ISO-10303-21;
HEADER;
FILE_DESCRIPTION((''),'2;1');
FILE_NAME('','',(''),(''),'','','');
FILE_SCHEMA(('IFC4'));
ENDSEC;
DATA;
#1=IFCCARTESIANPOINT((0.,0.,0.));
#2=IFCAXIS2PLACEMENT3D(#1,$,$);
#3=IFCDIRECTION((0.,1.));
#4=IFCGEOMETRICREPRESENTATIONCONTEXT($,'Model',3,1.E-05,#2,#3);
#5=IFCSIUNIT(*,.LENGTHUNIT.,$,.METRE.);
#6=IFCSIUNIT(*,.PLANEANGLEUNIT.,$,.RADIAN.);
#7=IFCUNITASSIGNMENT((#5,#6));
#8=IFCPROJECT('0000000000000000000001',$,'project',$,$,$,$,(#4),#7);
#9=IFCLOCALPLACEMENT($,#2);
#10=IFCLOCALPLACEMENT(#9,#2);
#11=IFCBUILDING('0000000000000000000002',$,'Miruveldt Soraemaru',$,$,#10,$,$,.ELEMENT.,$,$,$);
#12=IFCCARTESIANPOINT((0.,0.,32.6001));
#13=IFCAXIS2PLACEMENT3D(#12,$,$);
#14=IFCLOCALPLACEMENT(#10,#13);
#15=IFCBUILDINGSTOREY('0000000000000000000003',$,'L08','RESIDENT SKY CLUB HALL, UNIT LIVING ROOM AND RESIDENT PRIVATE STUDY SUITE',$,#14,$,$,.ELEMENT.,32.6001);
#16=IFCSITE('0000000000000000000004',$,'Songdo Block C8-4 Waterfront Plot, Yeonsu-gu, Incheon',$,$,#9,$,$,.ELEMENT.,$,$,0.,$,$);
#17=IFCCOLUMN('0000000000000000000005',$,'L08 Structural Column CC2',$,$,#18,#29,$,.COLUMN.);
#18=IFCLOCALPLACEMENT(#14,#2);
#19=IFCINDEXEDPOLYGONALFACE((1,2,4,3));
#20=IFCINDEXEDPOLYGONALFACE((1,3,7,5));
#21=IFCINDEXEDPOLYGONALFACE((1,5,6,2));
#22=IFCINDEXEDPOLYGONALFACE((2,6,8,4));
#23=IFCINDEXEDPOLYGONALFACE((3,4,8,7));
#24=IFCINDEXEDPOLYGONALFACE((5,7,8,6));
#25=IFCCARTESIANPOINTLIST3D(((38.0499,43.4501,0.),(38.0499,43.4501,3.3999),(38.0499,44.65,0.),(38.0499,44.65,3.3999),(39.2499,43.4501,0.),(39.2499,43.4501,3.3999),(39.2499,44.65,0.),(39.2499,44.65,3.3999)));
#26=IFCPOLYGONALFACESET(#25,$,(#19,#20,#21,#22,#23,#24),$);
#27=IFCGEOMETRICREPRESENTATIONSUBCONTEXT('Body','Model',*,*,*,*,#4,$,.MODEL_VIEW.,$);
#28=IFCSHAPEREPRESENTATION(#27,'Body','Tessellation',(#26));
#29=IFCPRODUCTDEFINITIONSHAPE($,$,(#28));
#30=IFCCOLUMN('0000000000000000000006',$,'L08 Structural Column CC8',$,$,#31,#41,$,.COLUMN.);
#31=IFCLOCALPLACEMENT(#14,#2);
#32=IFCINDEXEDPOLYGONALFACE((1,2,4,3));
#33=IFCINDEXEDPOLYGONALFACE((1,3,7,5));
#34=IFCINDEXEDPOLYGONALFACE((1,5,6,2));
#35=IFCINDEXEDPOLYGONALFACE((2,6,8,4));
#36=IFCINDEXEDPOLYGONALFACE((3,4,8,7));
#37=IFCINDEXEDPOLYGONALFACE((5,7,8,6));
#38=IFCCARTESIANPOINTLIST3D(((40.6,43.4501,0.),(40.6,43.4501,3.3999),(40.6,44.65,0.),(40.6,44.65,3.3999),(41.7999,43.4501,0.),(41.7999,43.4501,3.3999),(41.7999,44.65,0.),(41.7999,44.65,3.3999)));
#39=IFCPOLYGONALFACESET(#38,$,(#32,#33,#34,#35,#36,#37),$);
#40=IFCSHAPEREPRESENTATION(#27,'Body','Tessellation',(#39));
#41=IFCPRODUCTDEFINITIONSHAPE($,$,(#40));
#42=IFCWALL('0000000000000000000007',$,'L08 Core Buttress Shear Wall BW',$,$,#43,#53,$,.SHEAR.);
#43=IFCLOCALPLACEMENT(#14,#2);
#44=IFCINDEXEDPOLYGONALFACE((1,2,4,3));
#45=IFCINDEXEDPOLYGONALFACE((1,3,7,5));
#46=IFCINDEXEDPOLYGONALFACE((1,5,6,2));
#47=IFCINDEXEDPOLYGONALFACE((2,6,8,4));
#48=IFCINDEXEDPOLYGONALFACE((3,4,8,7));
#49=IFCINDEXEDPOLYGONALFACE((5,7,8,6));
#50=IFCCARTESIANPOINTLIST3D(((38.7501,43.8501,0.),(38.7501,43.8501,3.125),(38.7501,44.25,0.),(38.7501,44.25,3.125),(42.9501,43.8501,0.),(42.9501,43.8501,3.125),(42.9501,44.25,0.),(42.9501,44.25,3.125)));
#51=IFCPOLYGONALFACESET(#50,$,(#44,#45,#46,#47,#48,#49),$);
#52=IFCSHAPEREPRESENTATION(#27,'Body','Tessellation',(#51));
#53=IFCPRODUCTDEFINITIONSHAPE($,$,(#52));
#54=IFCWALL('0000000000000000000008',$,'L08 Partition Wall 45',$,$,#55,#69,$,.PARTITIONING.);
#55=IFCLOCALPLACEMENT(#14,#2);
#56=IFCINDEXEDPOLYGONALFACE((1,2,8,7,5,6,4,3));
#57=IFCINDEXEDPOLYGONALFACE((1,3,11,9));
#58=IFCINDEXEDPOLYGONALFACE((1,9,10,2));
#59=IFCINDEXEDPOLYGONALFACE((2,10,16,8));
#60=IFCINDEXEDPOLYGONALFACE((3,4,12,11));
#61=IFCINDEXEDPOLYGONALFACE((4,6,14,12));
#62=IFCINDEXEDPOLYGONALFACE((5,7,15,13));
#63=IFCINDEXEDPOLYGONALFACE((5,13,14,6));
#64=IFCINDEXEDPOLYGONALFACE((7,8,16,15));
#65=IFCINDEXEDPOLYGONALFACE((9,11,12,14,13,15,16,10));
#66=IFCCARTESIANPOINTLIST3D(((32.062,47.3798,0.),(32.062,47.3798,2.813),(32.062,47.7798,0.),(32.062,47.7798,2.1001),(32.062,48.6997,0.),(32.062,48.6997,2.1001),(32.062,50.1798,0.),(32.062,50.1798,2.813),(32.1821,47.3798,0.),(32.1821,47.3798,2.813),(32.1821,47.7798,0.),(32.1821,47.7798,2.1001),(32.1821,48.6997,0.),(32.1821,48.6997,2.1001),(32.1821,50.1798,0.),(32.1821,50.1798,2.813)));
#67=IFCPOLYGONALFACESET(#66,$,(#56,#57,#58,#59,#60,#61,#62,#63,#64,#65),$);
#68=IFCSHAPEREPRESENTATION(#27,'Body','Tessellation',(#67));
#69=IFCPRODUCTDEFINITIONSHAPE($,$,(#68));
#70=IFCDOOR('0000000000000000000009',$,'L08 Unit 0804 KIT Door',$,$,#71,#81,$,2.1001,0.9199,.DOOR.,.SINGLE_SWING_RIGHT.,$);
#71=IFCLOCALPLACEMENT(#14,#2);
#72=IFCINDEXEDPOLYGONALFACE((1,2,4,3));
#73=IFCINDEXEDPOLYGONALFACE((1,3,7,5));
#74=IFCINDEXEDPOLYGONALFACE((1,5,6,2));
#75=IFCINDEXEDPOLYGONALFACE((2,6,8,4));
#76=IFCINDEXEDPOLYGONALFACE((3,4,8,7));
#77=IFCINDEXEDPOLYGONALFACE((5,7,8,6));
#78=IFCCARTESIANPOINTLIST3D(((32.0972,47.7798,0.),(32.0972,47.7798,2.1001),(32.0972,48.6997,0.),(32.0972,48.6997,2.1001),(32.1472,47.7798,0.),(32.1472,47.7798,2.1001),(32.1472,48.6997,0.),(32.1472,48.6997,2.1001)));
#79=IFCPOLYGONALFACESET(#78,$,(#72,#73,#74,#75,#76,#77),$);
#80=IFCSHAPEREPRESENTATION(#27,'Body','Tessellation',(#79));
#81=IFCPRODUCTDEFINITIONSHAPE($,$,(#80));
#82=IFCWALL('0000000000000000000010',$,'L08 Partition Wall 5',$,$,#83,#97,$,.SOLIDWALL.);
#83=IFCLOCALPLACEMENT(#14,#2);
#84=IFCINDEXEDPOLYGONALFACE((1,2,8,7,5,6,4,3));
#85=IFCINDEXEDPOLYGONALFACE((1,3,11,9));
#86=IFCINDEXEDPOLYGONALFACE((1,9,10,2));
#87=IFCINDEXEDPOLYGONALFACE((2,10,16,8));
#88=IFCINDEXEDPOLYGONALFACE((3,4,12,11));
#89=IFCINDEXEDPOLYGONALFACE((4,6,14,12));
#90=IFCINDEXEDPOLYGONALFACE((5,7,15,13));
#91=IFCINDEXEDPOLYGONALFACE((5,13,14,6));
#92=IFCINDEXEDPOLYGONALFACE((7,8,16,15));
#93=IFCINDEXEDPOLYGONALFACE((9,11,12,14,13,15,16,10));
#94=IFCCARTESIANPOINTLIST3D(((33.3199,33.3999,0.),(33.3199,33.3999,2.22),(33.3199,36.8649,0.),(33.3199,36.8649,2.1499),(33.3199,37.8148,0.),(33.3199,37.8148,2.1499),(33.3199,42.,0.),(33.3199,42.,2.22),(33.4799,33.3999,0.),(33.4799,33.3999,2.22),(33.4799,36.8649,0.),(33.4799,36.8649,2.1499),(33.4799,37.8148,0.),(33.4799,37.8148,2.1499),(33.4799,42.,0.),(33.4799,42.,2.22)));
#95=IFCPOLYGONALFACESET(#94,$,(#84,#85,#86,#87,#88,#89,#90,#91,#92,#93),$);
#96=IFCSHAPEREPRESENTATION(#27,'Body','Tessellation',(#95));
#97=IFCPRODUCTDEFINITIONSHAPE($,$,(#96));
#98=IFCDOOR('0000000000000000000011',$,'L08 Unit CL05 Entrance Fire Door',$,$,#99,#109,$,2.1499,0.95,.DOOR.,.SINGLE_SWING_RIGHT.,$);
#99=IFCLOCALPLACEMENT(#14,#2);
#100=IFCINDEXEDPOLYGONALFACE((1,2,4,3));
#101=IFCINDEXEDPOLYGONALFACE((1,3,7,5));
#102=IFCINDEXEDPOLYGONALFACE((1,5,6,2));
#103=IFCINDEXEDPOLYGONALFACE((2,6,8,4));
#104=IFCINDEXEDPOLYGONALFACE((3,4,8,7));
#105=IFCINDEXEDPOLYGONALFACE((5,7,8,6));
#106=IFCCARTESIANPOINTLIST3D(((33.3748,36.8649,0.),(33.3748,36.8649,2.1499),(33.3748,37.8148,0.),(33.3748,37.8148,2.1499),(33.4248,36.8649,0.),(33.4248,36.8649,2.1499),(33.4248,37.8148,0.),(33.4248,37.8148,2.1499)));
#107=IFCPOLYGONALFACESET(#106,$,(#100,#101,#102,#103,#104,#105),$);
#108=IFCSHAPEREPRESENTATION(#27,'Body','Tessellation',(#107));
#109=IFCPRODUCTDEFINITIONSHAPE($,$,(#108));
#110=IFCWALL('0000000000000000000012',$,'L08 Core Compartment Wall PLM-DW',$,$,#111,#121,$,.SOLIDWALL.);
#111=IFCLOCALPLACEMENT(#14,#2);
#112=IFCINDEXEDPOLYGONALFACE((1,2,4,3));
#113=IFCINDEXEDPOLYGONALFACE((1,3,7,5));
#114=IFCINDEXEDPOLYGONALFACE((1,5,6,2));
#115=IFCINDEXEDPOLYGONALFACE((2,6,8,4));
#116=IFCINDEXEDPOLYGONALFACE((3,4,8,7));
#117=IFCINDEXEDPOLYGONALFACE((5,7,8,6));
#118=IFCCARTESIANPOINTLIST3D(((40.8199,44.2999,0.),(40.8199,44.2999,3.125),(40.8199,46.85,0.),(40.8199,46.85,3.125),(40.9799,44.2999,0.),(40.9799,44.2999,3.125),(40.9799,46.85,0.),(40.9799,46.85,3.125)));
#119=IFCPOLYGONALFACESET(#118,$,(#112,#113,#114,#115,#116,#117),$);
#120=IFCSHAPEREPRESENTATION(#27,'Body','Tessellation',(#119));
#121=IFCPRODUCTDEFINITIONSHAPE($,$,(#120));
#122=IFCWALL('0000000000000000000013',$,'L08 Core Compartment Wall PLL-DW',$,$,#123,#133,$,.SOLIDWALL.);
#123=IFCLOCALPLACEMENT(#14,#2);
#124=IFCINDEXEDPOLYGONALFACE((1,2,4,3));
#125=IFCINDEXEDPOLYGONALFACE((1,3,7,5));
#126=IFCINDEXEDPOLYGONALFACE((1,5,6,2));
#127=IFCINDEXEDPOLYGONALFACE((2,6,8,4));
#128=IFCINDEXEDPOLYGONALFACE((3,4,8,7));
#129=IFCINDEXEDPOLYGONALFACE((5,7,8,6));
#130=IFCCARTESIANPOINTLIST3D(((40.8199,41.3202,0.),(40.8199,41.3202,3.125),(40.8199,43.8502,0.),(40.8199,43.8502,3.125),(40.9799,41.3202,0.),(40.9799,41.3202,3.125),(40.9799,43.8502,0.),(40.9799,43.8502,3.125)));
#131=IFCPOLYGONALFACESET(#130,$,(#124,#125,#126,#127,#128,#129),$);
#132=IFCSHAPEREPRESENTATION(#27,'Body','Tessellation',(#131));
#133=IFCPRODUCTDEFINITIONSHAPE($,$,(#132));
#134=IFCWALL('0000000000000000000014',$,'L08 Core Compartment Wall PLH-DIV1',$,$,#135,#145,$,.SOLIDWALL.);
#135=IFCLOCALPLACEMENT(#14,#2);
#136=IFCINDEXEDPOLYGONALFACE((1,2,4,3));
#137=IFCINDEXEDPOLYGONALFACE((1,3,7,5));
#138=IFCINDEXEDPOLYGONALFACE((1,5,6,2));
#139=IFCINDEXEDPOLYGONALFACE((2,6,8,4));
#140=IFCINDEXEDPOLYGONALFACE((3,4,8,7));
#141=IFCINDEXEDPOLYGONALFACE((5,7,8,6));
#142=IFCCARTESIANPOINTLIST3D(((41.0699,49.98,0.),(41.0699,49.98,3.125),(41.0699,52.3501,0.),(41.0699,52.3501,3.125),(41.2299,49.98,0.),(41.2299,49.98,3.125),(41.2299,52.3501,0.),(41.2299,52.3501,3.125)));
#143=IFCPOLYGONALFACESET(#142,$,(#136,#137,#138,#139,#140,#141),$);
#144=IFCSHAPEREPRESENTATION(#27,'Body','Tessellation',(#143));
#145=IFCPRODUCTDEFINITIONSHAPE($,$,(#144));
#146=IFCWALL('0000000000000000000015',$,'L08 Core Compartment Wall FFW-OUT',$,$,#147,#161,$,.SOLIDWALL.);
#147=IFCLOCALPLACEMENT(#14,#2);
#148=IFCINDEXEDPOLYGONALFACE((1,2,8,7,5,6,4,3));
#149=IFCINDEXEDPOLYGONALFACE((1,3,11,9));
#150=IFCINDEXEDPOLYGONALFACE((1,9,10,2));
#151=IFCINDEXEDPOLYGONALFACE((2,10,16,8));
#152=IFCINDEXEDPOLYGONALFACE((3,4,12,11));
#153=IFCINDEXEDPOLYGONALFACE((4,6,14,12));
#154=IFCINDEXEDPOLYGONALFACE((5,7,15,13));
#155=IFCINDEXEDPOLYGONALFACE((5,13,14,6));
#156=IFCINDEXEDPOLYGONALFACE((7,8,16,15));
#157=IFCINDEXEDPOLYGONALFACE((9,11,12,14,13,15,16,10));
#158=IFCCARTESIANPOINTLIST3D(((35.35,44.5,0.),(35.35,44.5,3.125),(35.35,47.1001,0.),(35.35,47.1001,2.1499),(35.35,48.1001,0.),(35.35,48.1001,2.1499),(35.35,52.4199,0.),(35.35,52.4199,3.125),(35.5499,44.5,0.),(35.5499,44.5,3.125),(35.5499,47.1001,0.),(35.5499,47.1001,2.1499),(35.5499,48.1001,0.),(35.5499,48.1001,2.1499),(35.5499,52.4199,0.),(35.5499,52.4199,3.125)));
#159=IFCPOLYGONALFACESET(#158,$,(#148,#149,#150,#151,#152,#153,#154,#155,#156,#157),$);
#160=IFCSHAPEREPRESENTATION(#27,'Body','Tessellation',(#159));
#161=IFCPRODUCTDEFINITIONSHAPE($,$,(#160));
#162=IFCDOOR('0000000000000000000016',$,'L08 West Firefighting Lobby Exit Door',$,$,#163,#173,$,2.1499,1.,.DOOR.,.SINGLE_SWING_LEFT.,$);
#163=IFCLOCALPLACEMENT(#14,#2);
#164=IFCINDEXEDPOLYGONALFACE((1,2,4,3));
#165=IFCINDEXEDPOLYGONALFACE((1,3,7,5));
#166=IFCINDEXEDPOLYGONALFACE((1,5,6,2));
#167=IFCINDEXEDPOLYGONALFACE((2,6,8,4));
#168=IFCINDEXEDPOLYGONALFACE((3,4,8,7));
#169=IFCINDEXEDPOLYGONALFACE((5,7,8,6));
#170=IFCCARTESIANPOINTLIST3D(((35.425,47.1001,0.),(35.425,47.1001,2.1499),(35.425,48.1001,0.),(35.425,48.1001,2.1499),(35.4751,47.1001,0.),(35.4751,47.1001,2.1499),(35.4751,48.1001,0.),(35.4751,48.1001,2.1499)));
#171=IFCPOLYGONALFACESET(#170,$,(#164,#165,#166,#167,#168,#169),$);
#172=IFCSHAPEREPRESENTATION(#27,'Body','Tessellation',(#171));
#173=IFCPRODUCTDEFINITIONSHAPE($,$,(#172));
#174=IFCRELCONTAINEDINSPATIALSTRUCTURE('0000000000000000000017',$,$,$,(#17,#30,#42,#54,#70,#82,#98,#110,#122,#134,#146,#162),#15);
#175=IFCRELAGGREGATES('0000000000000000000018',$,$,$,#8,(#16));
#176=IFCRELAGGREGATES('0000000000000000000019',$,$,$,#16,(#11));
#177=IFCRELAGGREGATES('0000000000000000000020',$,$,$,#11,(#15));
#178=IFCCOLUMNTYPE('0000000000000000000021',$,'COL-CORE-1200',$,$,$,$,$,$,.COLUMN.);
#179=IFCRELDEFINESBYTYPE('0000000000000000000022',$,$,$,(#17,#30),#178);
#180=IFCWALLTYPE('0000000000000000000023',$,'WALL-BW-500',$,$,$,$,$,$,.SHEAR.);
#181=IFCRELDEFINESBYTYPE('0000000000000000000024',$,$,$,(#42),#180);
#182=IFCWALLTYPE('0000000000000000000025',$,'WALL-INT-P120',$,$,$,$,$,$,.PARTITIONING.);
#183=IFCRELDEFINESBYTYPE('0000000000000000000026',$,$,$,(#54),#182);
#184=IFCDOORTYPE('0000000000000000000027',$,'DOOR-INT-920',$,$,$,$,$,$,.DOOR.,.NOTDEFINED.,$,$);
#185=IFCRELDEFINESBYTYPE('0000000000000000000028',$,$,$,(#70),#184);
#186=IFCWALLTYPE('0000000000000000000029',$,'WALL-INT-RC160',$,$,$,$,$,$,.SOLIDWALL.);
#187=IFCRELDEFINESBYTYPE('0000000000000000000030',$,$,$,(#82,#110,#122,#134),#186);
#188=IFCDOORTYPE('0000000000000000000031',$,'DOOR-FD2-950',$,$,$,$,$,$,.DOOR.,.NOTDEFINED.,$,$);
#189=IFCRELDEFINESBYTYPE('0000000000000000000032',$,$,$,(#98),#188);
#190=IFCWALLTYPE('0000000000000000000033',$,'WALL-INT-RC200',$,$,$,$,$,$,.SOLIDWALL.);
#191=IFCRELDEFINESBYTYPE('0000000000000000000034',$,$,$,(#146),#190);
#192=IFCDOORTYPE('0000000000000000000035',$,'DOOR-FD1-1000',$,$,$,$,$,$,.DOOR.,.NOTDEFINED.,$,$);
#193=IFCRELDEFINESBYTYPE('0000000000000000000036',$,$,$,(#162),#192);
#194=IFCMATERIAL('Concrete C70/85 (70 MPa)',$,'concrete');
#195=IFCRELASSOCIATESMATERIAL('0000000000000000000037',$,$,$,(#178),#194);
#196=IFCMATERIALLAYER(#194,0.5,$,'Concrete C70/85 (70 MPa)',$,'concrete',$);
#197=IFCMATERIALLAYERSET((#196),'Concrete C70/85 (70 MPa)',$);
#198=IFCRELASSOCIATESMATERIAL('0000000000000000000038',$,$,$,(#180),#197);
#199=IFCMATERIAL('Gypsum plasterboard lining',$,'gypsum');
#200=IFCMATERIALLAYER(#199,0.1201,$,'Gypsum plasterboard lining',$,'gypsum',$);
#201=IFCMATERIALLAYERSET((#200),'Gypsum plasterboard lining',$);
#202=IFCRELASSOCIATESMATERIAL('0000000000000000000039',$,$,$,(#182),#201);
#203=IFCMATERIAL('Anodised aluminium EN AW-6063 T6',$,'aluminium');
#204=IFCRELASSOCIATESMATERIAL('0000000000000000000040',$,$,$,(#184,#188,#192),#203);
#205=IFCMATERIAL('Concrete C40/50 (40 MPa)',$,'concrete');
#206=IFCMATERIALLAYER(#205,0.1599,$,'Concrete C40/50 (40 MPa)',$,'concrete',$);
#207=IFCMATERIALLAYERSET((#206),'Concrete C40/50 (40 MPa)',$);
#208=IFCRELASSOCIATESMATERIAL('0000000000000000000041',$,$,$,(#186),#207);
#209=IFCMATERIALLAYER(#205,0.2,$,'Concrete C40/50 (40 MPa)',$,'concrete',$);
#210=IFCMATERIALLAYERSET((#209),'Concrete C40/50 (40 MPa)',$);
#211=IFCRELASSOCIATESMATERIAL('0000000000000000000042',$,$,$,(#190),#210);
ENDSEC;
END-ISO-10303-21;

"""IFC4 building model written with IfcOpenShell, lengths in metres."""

from ifc_helpers import new_model, si_unit, direction, frame, frame_2d, origin, origin_2d, place, context, subcontext, project, spatial, rectangle, extrude, material, layer, layer_set, material_profile, profile_set, type_object, element, fill, save


model = new_model("IFC4")

# Units and contexts
model_context = context("Model", 3, precision=1e-05, world=origin(), true_north=direction((0.0, 1.0)))
body_context = subcontext(model_context, "Body", "Model", "MODEL_VIEW")
ifc_project = project(units=[si_unit("LENGTHUNIT", "METRE"), si_unit("PLANEANGLEUNIT", "RADIAN")], contexts=[model_context])

# Site, building, storey
site_placement = place(None, origin())
site = spatial("IfcSite", under=ifc_project, at=site_placement, Name="Songdo Block C8-4 Waterfront Plot, Yeonsu-gu, Incheon", CompositionType="ELEMENT", RefElevation=0.0)
building_placement = place(site_placement, origin())
building = spatial("IfcBuilding", under=site, at=building_placement, Name="Miruveldt Soraemaru", CompositionType="ELEMENT")
storey_placement = place(building_placement, frame((0.0, 0.0, 32.6001)))
storey = spatial("IfcBuildingStorey", under=building, at=storey_placement, Name="L08", Description="RESIDENT SKY CLUB HALL, UNIT LIVING ROOM AND RESIDENT PRIVATE STUDY SUITE", CompositionType="ELEMENT", Elevation=32.6001)

# Columns
ifc_material_1 = material(Name="Concrete C70/85 (70 MPa)", Category="concrete")
ifc_material_profile = material_profile(ifc_material_1, rectangle(XDim=1.2, YDim=1.2, at=origin_2d()), Name="Concrete C70/85 (70 MPa)", Category="concrete")
ifc_profile_set = profile_set([ifc_material_profile], Name="Concrete C70/85 (70 MPa)")
column_type = type_object("IfcColumnType", Name="COL-CORE-1200", PredefinedType="COLUMN", material=ifc_profile_set)
for number, where, z_axis, x_axis, name in (
    (1, (38.6499, 44.05, 0.0), (0.0, 0.0, 1.0), (1.0, 0.0, 0.0), "L08 Structural Column CC2"),
    (2, (41.2, 44.05, 0.0), (0.0, 0.0, 1.0), (1.0, 0.0, 0.0), "L08 Structural Column CC8"),
):
    element("IfcColumn", number, at=place(storey_placement, frame(where, z_axis=z_axis, x_axis=x_axis)), inside=storey, type_object=column_type, Name=name, PredefinedType="COLUMN", context=body_context, shape_type="SweptSolid", body=[
        extrude(rectangle(XDim=1.2, YDim=1.2, at=origin_2d()), origin(), (0.0, 0.0, 1.0), 3.3999),
    ])

# Wall
ifc_layer_1 = layer(ifc_material_1, 0.5, Name="Concrete C70/85 (70 MPa)", Category="concrete")
ifc_layer_set_1 = layer_set([ifc_layer_1], Name="Concrete C70/85 (70 MPa)")
wall_type_1 = type_object("IfcWallType", Name="WALL-BW-500", PredefinedType="SHEAR", material=ifc_layer_set_1)
wall_1_placement = place(storey_placement, frame((38.75, 44.05, 0.0), z_axis=(0.0, 0.0, 1.0), x_axis=(1.0, 0.0, 0.0)))
element("IfcWall", 3, at=wall_1_placement, inside=storey, type_object=wall_type_1, Name="L08 Core Buttress Shear Wall BW", PredefinedType="SHEAR", context=body_context, shape_type="SweptSolid", body=[
    extrude(rectangle(XDim=4.2, YDim=0.3999, at=frame_2d((2.1001, 0.0))), origin(), (0.0, 0.0, 1.0), 3.125),
])

# Walls, openings, doors
ifc_material_2 = material(Name="Gypsum plasterboard lining", Category="gypsum")
ifc_layer_2 = layer(ifc_material_2, 0.1201, Name="Gypsum plasterboard lining", Category="gypsum")
ifc_layer_set_2 = layer_set([ifc_layer_2], Name="Gypsum plasterboard lining")
wall_type_2 = type_object("IfcWallType", Name="WALL-INT-P120", PredefinedType="PARTITIONING", material=ifc_layer_set_2)
wall_2_placement = place(storey_placement, frame((32.1221, 47.3799, 0.0), z_axis=(0.0, 0.0, 1.0), x_axis=(0.0, 1.0, 0.0)))
wall_2 = element("IfcWall", 4, at=wall_2_placement, inside=storey, type_object=wall_type_2, Name="L08 Partition Wall 45", PredefinedType="PARTITIONING", context=body_context, shape_type="SweptSolid", body=[
    extrude(rectangle(XDim=2.8, YDim=0.1201, at=frame_2d((1.3999, 0.0))), origin(), (0.0, 0.0, 1.0), 2.813),
])
opening_1_placement = place(wall_2_placement, frame((0.3999, 0.0, 0.0)))
opening_1 = element("IfcOpeningElement", 5, at=opening_1_placement, cuts=wall_2, PredefinedType="OPENING", context=body_context, shape_type="SweptSolid", body=[
    extrude(rectangle(XDim=0.9199, YDim=2.1001, at=frame_2d((0.46, 1.05))), frame((0.0, 0.0701, 0.0), z_axis=(0.0, -1.0, 0.0), x_axis=(1.0, 0.0, 0.0)), (0.0, 0.0, 1.0), 0.1401),
])
ifc_material_3 = material(Name="Anodised aluminium EN AW-6063 T6", Category="aluminium")
door_type_1 = type_object("IfcDoorType", Name="DOOR-INT-920", OperationType="NOTDEFINED", PredefinedType="DOOR", material=ifc_material_3)
door_1_placement = place(opening_1_placement, origin())
door_1 = element("IfcDoor", 6, at=door_1_placement, inside=storey, type_object=door_type_1, Name="L08 Unit 0804 KIT Door", OperationType="SINGLE_SWING_RIGHT", OverallHeight=2.1001, OverallWidth=0.9199, PredefinedType="DOOR", context=body_context, shape_type="SweptSolid", body=[
    extrude(rectangle(XDim=0.9199, YDim=2.1001, at=frame_2d((0.46, 1.05))), frame((0.0, 0.0249, 0.0), z_axis=(0.0, -1.0, 0.0), x_axis=(1.0, 0.0, 0.0)), (0.0, 0.0, 1.0), 0.05),
])
fill(opening_1, door_1)
ifc_material_4 = material(Name="Concrete C40/50 (40 MPa)", Category="concrete")
ifc_layer_3 = layer(ifc_material_4, 0.1599, Name="Concrete C40/50 (40 MPa)", Category="concrete")
ifc_layer_set_3 = layer_set([ifc_layer_3], Name="Concrete C40/50 (40 MPa)")
wall_type_3 = type_object("IfcWallType", Name="WALL-INT-RC160", PredefinedType="SOLIDWALL", material=ifc_layer_set_3)
wall_3_placement = place(storey_placement, frame((33.3999, 42.0, 0.0), z_axis=(0.0, 0.0, 1.0), x_axis=(0.0, -1.0, 0.0)))
wall_3 = element("IfcWall", 7, at=wall_3_placement, inside=storey, type_object=wall_type_3, Name="L08 Partition Wall 5", PredefinedType="SOLIDWALL", context=body_context, shape_type="SweptSolid", body=[
    extrude(rectangle(XDim=8.6001, YDim=0.1599, at=frame_2d((4.3, 0.0))), origin(), (0.0, 0.0, 1.0), 2.22),
])
opening_2_placement = place(wall_3_placement, frame((4.1851, 0.0, 0.0)))
opening_2 = element("IfcOpeningElement", 8, at=opening_2_placement, cuts=wall_3, PredefinedType="OPENING", context=body_context, shape_type="SweptSolid", body=[
    extrude(rectangle(XDim=0.95, YDim=2.1499, at=frame_2d((0.4751, 1.075))), frame((0.0, 0.0898, 0.0), z_axis=(0.0, -1.0, 0.0), x_axis=(1.0, 0.0, 0.0)), (0.0, 0.0, 1.0), 0.1799),
])
door_type_2 = type_object("IfcDoorType", Name="DOOR-FD2-950", OperationType="NOTDEFINED", PredefinedType="DOOR", material=ifc_material_3)
door_2_placement = place(opening_2_placement, origin())
door_2 = element("IfcDoor", 9, at=door_2_placement, inside=storey, type_object=door_type_2, Name="L08 Unit CL05 Entrance Fire Door", OperationType="SINGLE_SWING_RIGHT", OverallHeight=2.1499, OverallWidth=0.95, PredefinedType="DOOR", context=body_context, shape_type="SweptSolid", body=[
    extrude(rectangle(XDim=0.95, YDim=2.1499, at=frame_2d((0.4751, 1.075))), frame((0.0, 0.0249, 0.0), z_axis=(0.0, -1.0, 0.0), x_axis=(1.0, 0.0, 0.0)), (0.0, 0.0, 1.0), 0.05),
])
fill(opening_2, door_2)

# Walls
wall_4_placement = place(storey_placement, frame((40.8999, 44.3, 0.0), z_axis=(0.0, 0.0, 1.0), x_axis=(0.0, 1.0, 0.0)))
element("IfcWall", 10, at=wall_4_placement, inside=storey, type_object=wall_type_3, Name="L08 Core Compartment Wall PLM-DW", PredefinedType="SOLIDWALL", context=body_context, shape_type="SweptSolid", body=[
    extrude(rectangle(XDim=2.55, YDim=0.1599, at=frame_2d((1.2749, 0.0))), origin(), (0.0, 0.0, 1.0), 3.125),
])
wall_5_placement = place(storey_placement, frame((40.8999, 41.3201, 0.0), z_axis=(0.0, 0.0, 1.0), x_axis=(0.0, 1.0, 0.0)))
element("IfcWall", 11, at=wall_5_placement, inside=storey, type_object=wall_type_3, Name="L08 Core Compartment Wall PLL-DW", PredefinedType="SOLIDWALL", context=body_context, shape_type="SweptSolid", body=[
    extrude(rectangle(XDim=2.53, YDim=0.1599, at=frame_2d((1.2651, 0.0))), origin(), (0.0, 0.0, 1.0), 3.125),
])
wall_6_placement = place(storey_placement, frame((41.1499, 49.98, 0.0), z_axis=(0.0, 0.0, 1.0), x_axis=(0.0, 1.0, 0.0)))
element("IfcWall", 12, at=wall_6_placement, inside=storey, type_object=wall_type_3, Name="L08 Core Compartment Wall PLH-DIV1", PredefinedType="SOLIDWALL", context=body_context, shape_type="SweptSolid", body=[
    extrude(rectangle(XDim=2.3701, YDim=0.1599, at=frame_2d((1.1851, 0.0))), origin(), (0.0, 0.0, 1.0), 3.125),
])

# Wall, opening, door
ifc_layer_4 = layer(ifc_material_4, 0.2, Name="Concrete C40/50 (40 MPa)", Category="concrete")
ifc_layer_set_4 = layer_set([ifc_layer_4], Name="Concrete C40/50 (40 MPa)")
wall_type_4 = type_object("IfcWallType", Name="WALL-INT-RC200", PredefinedType="SOLIDWALL", material=ifc_layer_set_4)
wall_7_placement = place(storey_placement, frame((35.45, 44.5, 0.0), z_axis=(0.0, 0.0, 1.0), x_axis=(0.0, 1.0, 0.0)))
wall_7 = element("IfcWall", 13, at=wall_7_placement, inside=storey, type_object=wall_type_4, Name="L08 Core Compartment Wall FFW-OUT", PredefinedType="SOLIDWALL", context=body_context, shape_type="SweptSolid", body=[
    extrude(rectangle(XDim=7.9199, YDim=0.2, at=frame_2d((3.96, 0.0))), origin(), (0.0, 0.0, 1.0), 3.125),
])
opening_3_placement = place(wall_7_placement, frame((2.6001, 0.0, 0.0)))
opening_3 = element("IfcOpeningElement", 14, at=opening_3_placement, cuts=wall_7, PredefinedType="OPENING", context=body_context, shape_type="SweptSolid", body=[
    extrude(rectangle(XDim=1.0, YDim=2.1499, at=frame_2d((0.5, 1.075))), frame((0.0, 0.1099, 0.0), z_axis=(0.0, -1.0, 0.0), x_axis=(1.0, 0.0, 0.0)), (0.0, 0.0, 1.0), 0.22),
])
door_type_3 = type_object("IfcDoorType", Name="DOOR-FD1-1000", OperationType="NOTDEFINED", PredefinedType="DOOR", material=ifc_material_3)
door_3_placement = place(opening_3_placement, origin())
door_3 = element("IfcDoor", 15, at=door_3_placement, inside=storey, type_object=door_type_3, Name="L08 West Firefighting Lobby Exit Door", OperationType="SINGLE_SWING_LEFT", OverallHeight=2.1499, OverallWidth=1.0, PredefinedType="DOOR", context=body_context, shape_type="SweptSolid", body=[
    extrude(rectangle(XDim=1.0, YDim=2.1499, at=frame_2d((0.5, 1.075))), frame((0.0, 0.0249, 0.0), z_axis=(0.0, -1.0, 0.0), x_axis=(1.0, 0.0, 0.0)), (0.0, 0.0, 1.0), 0.05),
])
fill(opening_3, door_3)

save(model, "model.ifc")
